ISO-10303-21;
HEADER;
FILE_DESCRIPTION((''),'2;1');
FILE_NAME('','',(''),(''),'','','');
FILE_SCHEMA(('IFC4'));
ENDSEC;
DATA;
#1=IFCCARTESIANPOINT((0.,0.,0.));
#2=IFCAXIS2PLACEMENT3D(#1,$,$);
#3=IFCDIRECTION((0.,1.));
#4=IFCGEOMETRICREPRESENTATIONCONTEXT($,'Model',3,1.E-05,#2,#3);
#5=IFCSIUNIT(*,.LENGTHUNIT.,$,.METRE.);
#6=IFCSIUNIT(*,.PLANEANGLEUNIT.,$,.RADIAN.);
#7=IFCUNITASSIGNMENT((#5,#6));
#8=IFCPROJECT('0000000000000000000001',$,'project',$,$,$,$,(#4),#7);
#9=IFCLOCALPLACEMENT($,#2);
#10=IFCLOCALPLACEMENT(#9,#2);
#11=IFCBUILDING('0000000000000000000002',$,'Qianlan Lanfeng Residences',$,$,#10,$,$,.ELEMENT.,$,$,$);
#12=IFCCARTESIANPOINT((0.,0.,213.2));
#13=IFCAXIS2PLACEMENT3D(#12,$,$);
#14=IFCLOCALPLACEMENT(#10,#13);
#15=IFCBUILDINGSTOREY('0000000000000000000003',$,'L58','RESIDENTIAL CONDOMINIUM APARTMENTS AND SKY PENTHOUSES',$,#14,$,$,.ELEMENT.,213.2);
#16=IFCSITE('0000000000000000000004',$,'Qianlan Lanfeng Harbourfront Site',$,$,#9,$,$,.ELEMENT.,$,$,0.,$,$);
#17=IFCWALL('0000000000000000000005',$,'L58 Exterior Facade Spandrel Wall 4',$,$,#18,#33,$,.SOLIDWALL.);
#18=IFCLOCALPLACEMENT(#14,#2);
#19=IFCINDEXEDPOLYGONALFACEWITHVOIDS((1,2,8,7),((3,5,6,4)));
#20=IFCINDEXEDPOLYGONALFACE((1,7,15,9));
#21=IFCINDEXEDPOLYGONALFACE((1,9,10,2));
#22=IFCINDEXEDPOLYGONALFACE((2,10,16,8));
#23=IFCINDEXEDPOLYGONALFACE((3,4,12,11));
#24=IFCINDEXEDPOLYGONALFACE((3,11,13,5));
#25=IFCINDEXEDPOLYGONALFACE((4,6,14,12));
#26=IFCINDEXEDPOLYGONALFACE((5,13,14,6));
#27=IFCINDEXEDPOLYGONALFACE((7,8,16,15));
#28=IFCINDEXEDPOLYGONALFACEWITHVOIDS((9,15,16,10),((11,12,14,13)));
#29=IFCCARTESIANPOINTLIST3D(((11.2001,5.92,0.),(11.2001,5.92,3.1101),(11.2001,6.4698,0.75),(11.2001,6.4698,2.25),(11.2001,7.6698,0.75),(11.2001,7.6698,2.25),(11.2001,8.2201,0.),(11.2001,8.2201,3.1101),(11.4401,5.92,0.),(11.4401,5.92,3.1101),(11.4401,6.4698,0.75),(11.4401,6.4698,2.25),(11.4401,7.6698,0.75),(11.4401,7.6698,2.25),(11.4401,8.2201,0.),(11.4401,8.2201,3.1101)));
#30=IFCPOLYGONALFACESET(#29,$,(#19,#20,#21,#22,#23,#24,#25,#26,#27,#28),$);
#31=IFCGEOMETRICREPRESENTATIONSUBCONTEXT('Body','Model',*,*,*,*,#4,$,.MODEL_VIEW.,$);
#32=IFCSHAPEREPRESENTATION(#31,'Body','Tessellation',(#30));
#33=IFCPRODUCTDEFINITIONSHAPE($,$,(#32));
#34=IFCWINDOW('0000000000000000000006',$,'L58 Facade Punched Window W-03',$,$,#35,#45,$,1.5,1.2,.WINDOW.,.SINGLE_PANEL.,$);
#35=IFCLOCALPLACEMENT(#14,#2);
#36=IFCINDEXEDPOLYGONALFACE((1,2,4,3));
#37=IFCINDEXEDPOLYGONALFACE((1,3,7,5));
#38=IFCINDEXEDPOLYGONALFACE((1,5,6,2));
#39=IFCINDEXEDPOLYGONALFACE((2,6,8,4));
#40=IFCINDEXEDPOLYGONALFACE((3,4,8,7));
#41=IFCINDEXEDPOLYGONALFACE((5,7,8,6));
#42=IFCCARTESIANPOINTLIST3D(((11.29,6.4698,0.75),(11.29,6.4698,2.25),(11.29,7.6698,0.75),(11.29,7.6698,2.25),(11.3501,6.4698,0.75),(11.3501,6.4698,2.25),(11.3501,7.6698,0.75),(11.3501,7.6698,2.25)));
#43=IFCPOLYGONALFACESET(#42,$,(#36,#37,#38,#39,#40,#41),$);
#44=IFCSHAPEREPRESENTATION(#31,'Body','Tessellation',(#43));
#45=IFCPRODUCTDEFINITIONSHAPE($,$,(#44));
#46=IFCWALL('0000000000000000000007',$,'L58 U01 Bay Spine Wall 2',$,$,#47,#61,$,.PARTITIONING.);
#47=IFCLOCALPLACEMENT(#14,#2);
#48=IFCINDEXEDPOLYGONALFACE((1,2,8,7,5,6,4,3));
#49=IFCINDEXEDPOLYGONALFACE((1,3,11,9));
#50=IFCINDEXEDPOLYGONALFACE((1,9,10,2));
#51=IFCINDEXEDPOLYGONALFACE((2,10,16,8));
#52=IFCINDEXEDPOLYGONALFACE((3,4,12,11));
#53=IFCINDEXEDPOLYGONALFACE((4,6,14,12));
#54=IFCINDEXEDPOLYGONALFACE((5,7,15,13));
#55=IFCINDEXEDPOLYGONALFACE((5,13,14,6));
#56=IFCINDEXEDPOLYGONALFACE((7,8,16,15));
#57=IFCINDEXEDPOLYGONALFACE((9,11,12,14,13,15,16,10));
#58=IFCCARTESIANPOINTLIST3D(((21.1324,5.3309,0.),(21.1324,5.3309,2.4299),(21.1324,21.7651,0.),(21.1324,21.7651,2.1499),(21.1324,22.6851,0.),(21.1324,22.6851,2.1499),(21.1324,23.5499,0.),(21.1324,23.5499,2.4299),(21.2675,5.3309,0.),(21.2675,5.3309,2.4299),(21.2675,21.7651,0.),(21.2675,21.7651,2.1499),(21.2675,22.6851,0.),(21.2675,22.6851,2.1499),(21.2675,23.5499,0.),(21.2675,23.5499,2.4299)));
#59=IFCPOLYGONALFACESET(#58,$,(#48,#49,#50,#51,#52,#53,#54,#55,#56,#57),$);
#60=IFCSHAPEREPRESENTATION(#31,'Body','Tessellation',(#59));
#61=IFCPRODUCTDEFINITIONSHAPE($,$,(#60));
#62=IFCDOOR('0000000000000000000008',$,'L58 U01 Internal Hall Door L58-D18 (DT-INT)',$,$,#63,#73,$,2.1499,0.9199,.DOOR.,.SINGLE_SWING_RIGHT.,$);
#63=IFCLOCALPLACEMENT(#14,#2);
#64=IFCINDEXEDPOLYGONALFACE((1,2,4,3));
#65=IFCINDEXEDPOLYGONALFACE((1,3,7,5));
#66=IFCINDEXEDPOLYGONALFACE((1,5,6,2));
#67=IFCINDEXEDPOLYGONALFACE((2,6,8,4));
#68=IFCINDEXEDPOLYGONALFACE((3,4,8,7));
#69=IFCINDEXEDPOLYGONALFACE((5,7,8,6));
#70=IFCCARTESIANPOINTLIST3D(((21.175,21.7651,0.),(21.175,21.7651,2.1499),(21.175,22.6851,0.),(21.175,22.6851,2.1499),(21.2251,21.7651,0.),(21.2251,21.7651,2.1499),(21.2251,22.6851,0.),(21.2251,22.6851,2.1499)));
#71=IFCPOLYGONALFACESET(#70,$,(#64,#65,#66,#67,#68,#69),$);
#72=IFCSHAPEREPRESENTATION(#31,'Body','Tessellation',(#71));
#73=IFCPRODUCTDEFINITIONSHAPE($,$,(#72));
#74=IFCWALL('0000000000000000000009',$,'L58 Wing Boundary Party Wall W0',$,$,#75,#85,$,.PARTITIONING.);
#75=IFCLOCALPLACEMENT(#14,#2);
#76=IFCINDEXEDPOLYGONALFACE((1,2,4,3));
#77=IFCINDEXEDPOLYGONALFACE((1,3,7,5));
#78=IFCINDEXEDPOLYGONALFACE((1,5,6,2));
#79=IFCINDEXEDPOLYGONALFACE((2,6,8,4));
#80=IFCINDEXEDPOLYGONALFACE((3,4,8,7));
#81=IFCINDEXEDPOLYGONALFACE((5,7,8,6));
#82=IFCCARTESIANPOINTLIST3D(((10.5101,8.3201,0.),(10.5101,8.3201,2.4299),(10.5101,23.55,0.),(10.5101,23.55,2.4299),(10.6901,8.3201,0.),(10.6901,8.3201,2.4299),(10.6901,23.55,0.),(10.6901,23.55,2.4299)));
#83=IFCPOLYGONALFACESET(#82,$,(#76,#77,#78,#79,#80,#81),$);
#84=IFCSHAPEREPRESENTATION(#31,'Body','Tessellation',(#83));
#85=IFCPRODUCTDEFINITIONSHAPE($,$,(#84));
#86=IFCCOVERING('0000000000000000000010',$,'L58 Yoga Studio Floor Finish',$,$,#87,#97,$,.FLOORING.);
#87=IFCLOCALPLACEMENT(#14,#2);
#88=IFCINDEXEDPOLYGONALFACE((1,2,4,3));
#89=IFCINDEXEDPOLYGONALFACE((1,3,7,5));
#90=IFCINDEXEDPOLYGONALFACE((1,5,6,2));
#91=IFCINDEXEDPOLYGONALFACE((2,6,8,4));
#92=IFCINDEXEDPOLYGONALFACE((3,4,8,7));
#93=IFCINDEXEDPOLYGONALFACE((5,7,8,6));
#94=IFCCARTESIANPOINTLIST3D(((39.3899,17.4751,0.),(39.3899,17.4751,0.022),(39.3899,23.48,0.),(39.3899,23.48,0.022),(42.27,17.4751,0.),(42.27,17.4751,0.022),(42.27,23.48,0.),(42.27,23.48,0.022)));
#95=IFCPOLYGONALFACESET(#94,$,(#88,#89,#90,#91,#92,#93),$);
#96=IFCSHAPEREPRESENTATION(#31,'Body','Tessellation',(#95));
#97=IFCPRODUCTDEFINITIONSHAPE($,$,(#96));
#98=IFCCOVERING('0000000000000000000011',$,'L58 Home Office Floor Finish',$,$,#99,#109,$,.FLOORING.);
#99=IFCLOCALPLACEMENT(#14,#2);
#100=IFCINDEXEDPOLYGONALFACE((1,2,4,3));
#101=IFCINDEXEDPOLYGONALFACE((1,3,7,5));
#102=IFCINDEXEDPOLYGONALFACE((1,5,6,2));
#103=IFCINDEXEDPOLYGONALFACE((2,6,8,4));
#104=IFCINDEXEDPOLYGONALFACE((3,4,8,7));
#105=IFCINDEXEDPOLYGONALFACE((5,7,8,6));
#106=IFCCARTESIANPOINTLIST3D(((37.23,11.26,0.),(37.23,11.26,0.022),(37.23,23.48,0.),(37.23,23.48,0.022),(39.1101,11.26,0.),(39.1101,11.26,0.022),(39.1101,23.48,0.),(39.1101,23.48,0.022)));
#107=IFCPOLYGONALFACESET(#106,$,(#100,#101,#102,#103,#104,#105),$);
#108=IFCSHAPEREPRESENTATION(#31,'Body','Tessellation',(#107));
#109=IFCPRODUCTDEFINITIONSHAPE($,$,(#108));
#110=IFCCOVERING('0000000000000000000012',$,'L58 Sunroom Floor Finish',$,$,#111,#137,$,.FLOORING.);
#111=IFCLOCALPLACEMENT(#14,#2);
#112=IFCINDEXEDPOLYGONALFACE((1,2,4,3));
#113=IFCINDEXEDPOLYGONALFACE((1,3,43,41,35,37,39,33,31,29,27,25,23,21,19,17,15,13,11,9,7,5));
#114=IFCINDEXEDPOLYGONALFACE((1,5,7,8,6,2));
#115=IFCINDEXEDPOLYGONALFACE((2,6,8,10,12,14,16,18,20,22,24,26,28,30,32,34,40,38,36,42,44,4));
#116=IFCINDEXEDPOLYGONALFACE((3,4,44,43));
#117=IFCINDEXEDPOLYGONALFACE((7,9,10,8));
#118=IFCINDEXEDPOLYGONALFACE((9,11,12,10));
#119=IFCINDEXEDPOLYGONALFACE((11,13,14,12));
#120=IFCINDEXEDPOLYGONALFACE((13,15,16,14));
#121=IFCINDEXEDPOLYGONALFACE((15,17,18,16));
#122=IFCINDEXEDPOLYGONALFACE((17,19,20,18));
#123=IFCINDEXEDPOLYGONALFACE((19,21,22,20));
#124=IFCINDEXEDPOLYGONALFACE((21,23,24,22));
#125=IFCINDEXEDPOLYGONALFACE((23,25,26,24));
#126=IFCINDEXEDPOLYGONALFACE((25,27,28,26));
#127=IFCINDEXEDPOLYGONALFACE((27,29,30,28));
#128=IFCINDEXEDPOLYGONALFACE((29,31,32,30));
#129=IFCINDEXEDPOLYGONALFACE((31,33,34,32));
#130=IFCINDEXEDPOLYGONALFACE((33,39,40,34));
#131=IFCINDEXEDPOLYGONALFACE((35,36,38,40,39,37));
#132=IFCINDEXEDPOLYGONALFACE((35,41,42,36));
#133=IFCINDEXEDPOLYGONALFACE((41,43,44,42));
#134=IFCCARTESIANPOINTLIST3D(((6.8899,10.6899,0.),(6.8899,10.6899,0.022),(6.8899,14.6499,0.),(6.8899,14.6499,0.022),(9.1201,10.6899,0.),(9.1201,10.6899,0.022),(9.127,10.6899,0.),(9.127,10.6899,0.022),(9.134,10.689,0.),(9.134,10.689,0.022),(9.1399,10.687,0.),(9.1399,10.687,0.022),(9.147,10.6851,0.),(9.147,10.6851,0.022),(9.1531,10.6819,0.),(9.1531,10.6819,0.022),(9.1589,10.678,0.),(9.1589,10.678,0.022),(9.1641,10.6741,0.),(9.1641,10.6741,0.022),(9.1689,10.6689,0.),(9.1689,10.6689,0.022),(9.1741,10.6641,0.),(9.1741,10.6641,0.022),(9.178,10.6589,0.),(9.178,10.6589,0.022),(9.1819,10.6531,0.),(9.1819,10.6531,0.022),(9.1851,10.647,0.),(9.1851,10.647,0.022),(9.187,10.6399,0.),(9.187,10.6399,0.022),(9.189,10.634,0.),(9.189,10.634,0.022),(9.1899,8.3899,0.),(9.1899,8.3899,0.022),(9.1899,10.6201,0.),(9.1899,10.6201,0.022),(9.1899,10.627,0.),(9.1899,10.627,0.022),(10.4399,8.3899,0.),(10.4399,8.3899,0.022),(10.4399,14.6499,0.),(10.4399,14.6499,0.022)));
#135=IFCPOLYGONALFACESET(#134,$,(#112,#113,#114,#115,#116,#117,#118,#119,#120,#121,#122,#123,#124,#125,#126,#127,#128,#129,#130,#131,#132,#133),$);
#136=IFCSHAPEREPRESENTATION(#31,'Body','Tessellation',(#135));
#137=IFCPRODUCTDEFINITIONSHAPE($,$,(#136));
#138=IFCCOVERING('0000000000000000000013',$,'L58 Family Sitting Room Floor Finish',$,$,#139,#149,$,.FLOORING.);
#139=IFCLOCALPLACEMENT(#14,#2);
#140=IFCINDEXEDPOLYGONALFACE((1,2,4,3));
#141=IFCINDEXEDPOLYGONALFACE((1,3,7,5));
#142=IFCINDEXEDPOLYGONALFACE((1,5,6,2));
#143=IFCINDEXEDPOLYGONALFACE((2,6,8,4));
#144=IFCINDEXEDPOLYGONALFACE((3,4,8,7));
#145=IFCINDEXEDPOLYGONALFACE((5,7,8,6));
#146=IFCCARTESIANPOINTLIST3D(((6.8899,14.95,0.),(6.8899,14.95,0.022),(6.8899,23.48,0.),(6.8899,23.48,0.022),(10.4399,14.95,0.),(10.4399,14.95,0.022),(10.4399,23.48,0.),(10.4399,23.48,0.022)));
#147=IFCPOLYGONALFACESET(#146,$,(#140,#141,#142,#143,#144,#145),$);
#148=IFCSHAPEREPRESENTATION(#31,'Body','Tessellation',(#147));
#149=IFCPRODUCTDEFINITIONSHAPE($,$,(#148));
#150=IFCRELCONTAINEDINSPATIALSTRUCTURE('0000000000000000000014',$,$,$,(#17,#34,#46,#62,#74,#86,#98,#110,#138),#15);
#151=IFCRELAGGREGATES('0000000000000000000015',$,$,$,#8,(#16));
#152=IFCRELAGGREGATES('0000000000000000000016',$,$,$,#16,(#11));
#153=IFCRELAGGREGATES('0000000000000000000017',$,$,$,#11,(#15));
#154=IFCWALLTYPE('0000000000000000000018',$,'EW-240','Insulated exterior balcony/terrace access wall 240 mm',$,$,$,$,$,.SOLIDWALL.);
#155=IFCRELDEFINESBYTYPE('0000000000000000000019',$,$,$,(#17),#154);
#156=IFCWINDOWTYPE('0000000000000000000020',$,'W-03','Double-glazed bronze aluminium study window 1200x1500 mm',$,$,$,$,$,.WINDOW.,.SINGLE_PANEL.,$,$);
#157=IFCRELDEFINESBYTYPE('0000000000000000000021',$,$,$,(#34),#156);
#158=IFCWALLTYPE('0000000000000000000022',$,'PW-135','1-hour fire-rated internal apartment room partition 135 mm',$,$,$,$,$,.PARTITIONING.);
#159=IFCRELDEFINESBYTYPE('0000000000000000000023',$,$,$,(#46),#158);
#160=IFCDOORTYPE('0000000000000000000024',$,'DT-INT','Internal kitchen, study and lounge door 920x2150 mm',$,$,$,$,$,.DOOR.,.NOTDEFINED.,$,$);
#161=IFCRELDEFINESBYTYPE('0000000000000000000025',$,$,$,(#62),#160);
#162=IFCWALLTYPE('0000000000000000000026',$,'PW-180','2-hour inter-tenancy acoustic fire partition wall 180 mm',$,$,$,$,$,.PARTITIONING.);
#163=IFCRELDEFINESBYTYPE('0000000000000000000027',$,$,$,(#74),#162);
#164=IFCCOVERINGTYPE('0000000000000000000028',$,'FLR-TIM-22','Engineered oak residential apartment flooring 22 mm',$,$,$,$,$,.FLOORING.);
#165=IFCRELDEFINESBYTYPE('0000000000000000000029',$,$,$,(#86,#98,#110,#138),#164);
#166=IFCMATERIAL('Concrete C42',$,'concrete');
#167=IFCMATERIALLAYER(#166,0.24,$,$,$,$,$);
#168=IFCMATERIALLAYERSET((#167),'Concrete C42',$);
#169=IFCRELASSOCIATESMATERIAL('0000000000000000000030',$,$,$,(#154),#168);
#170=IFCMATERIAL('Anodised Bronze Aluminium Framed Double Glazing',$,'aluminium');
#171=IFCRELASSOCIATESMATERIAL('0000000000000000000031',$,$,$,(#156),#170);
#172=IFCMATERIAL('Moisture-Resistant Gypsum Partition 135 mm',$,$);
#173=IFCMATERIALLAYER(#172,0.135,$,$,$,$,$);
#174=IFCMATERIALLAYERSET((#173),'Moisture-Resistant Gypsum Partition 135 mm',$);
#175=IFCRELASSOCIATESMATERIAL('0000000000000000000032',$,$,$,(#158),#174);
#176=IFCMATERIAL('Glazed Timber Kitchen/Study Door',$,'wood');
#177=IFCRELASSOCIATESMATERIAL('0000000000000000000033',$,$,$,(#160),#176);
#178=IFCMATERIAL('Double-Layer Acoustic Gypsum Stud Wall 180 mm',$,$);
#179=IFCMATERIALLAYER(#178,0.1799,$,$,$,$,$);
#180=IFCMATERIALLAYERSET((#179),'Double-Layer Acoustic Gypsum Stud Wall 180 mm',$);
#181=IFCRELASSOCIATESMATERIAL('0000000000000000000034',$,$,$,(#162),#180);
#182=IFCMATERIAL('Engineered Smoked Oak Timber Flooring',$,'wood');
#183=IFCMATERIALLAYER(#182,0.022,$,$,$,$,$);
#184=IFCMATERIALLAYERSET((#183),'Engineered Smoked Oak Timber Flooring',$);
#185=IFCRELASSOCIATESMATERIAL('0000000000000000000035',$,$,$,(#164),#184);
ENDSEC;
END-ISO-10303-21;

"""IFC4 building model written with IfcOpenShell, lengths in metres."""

from ifc_helpers import new_model, si_unit, direction, frame, frame_2d, origin, place, context, subcontext, project, spatial, polyline, rectangle, outline, extrude, material, layer, layer_set, type_object, element, fill, save


model = new_model("IFC4")

# Units and contexts
model_context = context("Model", 3, precision=1e-05, world=origin(), true_north=direction((0.0, 1.0)))
body_context = subcontext(model_context, "Body", "Model", "MODEL_VIEW")
ifc_project = project(units=[si_unit("LENGTHUNIT", "METRE"), si_unit("PLANEANGLEUNIT", "RADIAN")], contexts=[model_context])

# Site, building, storey
site_placement = place(None, origin())
site = spatial("IfcSite", under=ifc_project, at=site_placement, Name="Qianlan Lanfeng Harbourfront Site", CompositionType="ELEMENT", RefElevation=0.0)
building_placement = place(site_placement, origin())
building = spatial("IfcBuilding", under=site, at=building_placement, Name="Qianlan Lanfeng Residences", CompositionType="ELEMENT")
storey_placement = place(building_placement, frame((0.0, 0.0, 213.2)))
storey = spatial("IfcBuildingStorey", under=building, at=storey_placement, Name="L58", Description="RESIDENTIAL CONDOMINIUM APARTMENTS AND SKY PENTHOUSES", CompositionType="ELEMENT", Elevation=213.2)

# Shared definitions
ifc_material_1 = material(Name="Concrete C42", Category="concrete")
ifc_layer_1 = layer(ifc_material_1, 0.24)
ifc_layer_set_1 = layer_set([ifc_layer_1], Name="Concrete C42")
wall_type_1 = type_object("IfcWallType", Name="EW-240", Description="Insulated exterior balcony/terrace access wall 240 mm", PredefinedType="SOLIDWALL", material=ifc_layer_set_1)

# Wall, opening, window
wall_1_placement = place(storey_placement, frame((11.3201, 8.22, 0.0), z_axis=(0.0, 0.0, 1.0), x_axis=(0.0, -1.0, 0.0)))
wall_1 = element("IfcWall", 1, at=wall_1_placement, inside=storey, type_object=wall_type_1, Name="L58 Exterior Facade Spandrel Wall 4", PredefinedType="SOLIDWALL", context=body_context, shape_type="SweptSolid", body=[
    extrude(rectangle(XDim=2.3, YDim=0.24, at=frame_2d((1.1499, 0.0))), origin(), (0.0, 0.0, 1.0), 3.1101),
])
opening_1_placement = place(wall_1_placement, frame((0.55, 0.0, 0.75)))
opening_1 = element("IfcOpeningElement", 2, at=opening_1_placement, cuts=wall_1, PredefinedType="OPENING", context=body_context, shape_type="SweptSolid", body=[
    extrude(rectangle(XDim=1.2, YDim=1.5, at=frame_2d((0.6001, 0.75))), frame((0.0, 0.1299, 0.0), z_axis=(0.0, -1.0, 0.0), x_axis=(1.0, 0.0, 0.0)), (0.0, 0.0, 1.0), 0.26),
])
ifc_material_2 = material(Name="Anodised Bronze Aluminium Framed Double Glazing", Category="aluminium")
window_type = type_object("IfcWindowType", Name="W-03", Description="Double-glazed bronze aluminium study window 1200x1500 mm", PartitioningType="SINGLE_PANEL", PredefinedType="WINDOW", material=ifc_material_2)
window_placement = place(opening_1_placement, origin())
window = element("IfcWindow", 3, at=window_placement, inside=storey, type_object=window_type, Name="L58 Facade Punched Window W-03", OverallHeight=1.5, OverallWidth=1.2, PartitioningType="SINGLE_PANEL", PredefinedType="WINDOW", context=body_context, shape_type="SweptSolid", body=[
    extrude(rectangle(XDim=1.2, YDim=1.5, at=frame_2d((0.6001, 0.75))), frame((0.0, 0.03, 0.0), z_axis=(0.0, -1.0, 0.0), x_axis=(1.0, 0.0, 0.0)), (0.0, 0.0, 1.0), 0.0601),
])
fill(opening_1, window)

# Wall, opening, door
ifc_material_3 = material(Name="Moisture-Resistant Gypsum Partition 135 mm")
ifc_layer_2 = layer(ifc_material_3, 0.135)
ifc_layer_set_2 = layer_set([ifc_layer_2], Name="Moisture-Resistant Gypsum Partition 135 mm")
wall_type_2 = type_object("IfcWallType", Name="PW-135", Description="1-hour fire-rated internal apartment room partition 135 mm", PredefinedType="PARTITIONING", material=ifc_layer_set_2)
wall_2_placement = place(storey_placement, frame((21.2, 5.3311, 0.0), z_axis=(0.0, 0.0, 1.0), x_axis=(0.0, 1.0, 0.0)))
wall_2 = element("IfcWall", 4, at=wall_2_placement, inside=storey, type_object=wall_type_2, Name="L58 U01 Bay Spine Wall 2", PredefinedType="PARTITIONING", context=body_context, shape_type="SweptSolid", body=[
    extrude(rectangle(XDim=18.219, YDim=0.135, at=frame_2d((9.1094, 0.0))), origin(), (0.0, 0.0, 1.0), 2.4299),
])
opening_2_placement = place(wall_2_placement, frame((16.4341, 0.0, 0.0)))
opening_2 = element("IfcOpeningElement", 5, at=opening_2_placement, cuts=wall_2, PredefinedType="OPENING", context=body_context, shape_type="SweptSolid", body=[
    extrude(rectangle(XDim=0.9199, YDim=2.1499, at=frame_2d((0.46, 1.075))), frame((0.0, 0.0776, 0.0), z_axis=(0.0, -1.0, 0.0), x_axis=(1.0, 0.0, 0.0)), (0.0, 0.0, 1.0), 0.155),
])
ifc_material_4 = material(Name="Glazed Timber Kitchen/Study Door", Category="wood")
door_type = type_object("IfcDoorType", Name="DT-INT", Description="Internal kitchen, study and lounge door 920x2150 mm", OperationType="NOTDEFINED", PredefinedType="DOOR", material=ifc_material_4)
door_placement = place(opening_2_placement, origin())
door = element("IfcDoor", 6, at=door_placement, inside=storey, type_object=door_type, Name="L58 U01 Internal Hall Door L58-D18 (DT-INT)", OperationType="SINGLE_SWING_RIGHT", OverallHeight=2.1499, OverallWidth=0.9199, PredefinedType="DOOR", context=body_context, shape_type="SweptSolid", body=[
    extrude(rectangle(XDim=0.9199, YDim=2.1499, at=frame_2d((0.46, 1.075))), frame((0.0, 0.0249, 0.0), z_axis=(0.0, -1.0, 0.0), x_axis=(1.0, 0.0, 0.0)), (0.0, 0.0, 1.0), 0.05),
])
fill(opening_2, door)

# Wall
ifc_material_5 = material(Name="Double-Layer Acoustic Gypsum Stud Wall 180 mm")
ifc_layer_3 = layer(ifc_material_5, 0.1799)
ifc_layer_set_3 = layer_set([ifc_layer_3], Name="Double-Layer Acoustic Gypsum Stud Wall 180 mm")
wall_type_3 = type_object("IfcWallType", Name="PW-180", Description="2-hour inter-tenancy acoustic fire partition wall 180 mm", PredefinedType="PARTITIONING", material=ifc_layer_set_3)
wall_3_placement = place(storey_placement, frame((10.6001, 8.3201, 0.0), z_axis=(0.0, 0.0, 1.0), x_axis=(0.0, 1.0, 0.0)))
element("IfcWall", 7, at=wall_3_placement, inside=storey, type_object=wall_type_3, Name="L58 Wing Boundary Party Wall W0", PredefinedType="PARTITIONING", context=body_context, shape_type="SweptSolid", body=[
    extrude(rectangle(XDim=15.23, YDim=0.1799, at=frame_2d((7.615, 0.0))), origin(), (0.0, 0.0, 1.0), 2.4299),
])

# Coverings
ifc_material_6 = material(Name="Engineered Smoked Oak Timber Flooring", Category="wood")
ifc_layer_4 = layer(ifc_material_6, 0.022)
ifc_layer_set_4 = layer_set([ifc_layer_4], Name="Engineered Smoked Oak Timber Flooring")
covering_type = type_object("IfcCoveringType", Name="FLR-TIM-22", Description="Engineered oak residential apartment flooring 22 mm", PredefinedType="FLOORING", material=ifc_layer_set_4)
covering_1_placement = place(storey_placement, origin())
element("IfcCovering", 8, at=covering_1_placement, inside=storey, type_object=covering_type, Name="L58 Yoga Studio Floor Finish", PredefinedType="FLOORING", context=body_context, shape_type="SweptSolid", body=[
    extrude(outline(polyline([(39.3899, 17.4751), (42.27, 17.4751), (42.27, 23.48), (39.3899, 23.48), (39.3899, 17.4751)])), origin(), (0.0, 0.0, 1.0), 0.022),
])
covering_2_placement = place(storey_placement, origin())
element("IfcCovering", 9, at=covering_2_placement, inside=storey, type_object=covering_type, Name="L58 Home Office Floor Finish", PredefinedType="FLOORING", context=body_context, shape_type="SweptSolid", body=[
    extrude(outline(polyline([(37.23, 11.26), (39.1101, 11.26), (39.1101, 23.48), (37.23, 23.48), (37.23, 11.26)])), origin(), (0.0, 0.0, 1.0), 0.022),
])
covering_3_placement = place(storey_placement, origin())
element("IfcCovering", 10, at=covering_3_placement, inside=storey, type_object=covering_type, Name="L58 Sunroom Floor Finish", PredefinedType="FLOORING", context=body_context, shape_type="SweptSolid", body=[
    extrude(outline(polyline([(10.4399, 14.6499), (6.8899, 14.6499), (6.8899, 10.6899), (9.1201, 10.6899), (9.127, 10.6899), (9.134, 10.689), (9.1399, 10.687), (9.147, 10.6851), (9.1531, 10.6819), (9.1589, 10.678), (9.1641, 10.6741), (9.1689, 10.6689), (9.1741, 10.6641), (9.178, 10.6589), (9.1819, 10.6531), (9.1851, 10.647), (9.187, 10.6399), (9.189, 10.634), (9.1899, 10.627), (9.1899, 10.6201), (9.1899, 8.3899), (10.4399, 8.3899), (10.4399, 14.6499)])), origin(), (0.0, 0.0, 1.0), 0.022),
])
covering_4_placement = place(storey_placement, origin())
element("IfcCovering", 11, at=covering_4_placement, inside=storey, type_object=covering_type, Name="L58 Family Sitting Room Floor Finish", PredefinedType="FLOORING", context=body_context, shape_type="SweptSolid", body=[
    extrude(outline(polyline([(10.4399, 23.48), (6.8899, 23.48), (6.8899, 14.95), (10.4399, 14.95), (10.4399, 23.48)])), origin(), (0.0, 0.0, 1.0), 0.022),
])

save(model, "model.ifc")
